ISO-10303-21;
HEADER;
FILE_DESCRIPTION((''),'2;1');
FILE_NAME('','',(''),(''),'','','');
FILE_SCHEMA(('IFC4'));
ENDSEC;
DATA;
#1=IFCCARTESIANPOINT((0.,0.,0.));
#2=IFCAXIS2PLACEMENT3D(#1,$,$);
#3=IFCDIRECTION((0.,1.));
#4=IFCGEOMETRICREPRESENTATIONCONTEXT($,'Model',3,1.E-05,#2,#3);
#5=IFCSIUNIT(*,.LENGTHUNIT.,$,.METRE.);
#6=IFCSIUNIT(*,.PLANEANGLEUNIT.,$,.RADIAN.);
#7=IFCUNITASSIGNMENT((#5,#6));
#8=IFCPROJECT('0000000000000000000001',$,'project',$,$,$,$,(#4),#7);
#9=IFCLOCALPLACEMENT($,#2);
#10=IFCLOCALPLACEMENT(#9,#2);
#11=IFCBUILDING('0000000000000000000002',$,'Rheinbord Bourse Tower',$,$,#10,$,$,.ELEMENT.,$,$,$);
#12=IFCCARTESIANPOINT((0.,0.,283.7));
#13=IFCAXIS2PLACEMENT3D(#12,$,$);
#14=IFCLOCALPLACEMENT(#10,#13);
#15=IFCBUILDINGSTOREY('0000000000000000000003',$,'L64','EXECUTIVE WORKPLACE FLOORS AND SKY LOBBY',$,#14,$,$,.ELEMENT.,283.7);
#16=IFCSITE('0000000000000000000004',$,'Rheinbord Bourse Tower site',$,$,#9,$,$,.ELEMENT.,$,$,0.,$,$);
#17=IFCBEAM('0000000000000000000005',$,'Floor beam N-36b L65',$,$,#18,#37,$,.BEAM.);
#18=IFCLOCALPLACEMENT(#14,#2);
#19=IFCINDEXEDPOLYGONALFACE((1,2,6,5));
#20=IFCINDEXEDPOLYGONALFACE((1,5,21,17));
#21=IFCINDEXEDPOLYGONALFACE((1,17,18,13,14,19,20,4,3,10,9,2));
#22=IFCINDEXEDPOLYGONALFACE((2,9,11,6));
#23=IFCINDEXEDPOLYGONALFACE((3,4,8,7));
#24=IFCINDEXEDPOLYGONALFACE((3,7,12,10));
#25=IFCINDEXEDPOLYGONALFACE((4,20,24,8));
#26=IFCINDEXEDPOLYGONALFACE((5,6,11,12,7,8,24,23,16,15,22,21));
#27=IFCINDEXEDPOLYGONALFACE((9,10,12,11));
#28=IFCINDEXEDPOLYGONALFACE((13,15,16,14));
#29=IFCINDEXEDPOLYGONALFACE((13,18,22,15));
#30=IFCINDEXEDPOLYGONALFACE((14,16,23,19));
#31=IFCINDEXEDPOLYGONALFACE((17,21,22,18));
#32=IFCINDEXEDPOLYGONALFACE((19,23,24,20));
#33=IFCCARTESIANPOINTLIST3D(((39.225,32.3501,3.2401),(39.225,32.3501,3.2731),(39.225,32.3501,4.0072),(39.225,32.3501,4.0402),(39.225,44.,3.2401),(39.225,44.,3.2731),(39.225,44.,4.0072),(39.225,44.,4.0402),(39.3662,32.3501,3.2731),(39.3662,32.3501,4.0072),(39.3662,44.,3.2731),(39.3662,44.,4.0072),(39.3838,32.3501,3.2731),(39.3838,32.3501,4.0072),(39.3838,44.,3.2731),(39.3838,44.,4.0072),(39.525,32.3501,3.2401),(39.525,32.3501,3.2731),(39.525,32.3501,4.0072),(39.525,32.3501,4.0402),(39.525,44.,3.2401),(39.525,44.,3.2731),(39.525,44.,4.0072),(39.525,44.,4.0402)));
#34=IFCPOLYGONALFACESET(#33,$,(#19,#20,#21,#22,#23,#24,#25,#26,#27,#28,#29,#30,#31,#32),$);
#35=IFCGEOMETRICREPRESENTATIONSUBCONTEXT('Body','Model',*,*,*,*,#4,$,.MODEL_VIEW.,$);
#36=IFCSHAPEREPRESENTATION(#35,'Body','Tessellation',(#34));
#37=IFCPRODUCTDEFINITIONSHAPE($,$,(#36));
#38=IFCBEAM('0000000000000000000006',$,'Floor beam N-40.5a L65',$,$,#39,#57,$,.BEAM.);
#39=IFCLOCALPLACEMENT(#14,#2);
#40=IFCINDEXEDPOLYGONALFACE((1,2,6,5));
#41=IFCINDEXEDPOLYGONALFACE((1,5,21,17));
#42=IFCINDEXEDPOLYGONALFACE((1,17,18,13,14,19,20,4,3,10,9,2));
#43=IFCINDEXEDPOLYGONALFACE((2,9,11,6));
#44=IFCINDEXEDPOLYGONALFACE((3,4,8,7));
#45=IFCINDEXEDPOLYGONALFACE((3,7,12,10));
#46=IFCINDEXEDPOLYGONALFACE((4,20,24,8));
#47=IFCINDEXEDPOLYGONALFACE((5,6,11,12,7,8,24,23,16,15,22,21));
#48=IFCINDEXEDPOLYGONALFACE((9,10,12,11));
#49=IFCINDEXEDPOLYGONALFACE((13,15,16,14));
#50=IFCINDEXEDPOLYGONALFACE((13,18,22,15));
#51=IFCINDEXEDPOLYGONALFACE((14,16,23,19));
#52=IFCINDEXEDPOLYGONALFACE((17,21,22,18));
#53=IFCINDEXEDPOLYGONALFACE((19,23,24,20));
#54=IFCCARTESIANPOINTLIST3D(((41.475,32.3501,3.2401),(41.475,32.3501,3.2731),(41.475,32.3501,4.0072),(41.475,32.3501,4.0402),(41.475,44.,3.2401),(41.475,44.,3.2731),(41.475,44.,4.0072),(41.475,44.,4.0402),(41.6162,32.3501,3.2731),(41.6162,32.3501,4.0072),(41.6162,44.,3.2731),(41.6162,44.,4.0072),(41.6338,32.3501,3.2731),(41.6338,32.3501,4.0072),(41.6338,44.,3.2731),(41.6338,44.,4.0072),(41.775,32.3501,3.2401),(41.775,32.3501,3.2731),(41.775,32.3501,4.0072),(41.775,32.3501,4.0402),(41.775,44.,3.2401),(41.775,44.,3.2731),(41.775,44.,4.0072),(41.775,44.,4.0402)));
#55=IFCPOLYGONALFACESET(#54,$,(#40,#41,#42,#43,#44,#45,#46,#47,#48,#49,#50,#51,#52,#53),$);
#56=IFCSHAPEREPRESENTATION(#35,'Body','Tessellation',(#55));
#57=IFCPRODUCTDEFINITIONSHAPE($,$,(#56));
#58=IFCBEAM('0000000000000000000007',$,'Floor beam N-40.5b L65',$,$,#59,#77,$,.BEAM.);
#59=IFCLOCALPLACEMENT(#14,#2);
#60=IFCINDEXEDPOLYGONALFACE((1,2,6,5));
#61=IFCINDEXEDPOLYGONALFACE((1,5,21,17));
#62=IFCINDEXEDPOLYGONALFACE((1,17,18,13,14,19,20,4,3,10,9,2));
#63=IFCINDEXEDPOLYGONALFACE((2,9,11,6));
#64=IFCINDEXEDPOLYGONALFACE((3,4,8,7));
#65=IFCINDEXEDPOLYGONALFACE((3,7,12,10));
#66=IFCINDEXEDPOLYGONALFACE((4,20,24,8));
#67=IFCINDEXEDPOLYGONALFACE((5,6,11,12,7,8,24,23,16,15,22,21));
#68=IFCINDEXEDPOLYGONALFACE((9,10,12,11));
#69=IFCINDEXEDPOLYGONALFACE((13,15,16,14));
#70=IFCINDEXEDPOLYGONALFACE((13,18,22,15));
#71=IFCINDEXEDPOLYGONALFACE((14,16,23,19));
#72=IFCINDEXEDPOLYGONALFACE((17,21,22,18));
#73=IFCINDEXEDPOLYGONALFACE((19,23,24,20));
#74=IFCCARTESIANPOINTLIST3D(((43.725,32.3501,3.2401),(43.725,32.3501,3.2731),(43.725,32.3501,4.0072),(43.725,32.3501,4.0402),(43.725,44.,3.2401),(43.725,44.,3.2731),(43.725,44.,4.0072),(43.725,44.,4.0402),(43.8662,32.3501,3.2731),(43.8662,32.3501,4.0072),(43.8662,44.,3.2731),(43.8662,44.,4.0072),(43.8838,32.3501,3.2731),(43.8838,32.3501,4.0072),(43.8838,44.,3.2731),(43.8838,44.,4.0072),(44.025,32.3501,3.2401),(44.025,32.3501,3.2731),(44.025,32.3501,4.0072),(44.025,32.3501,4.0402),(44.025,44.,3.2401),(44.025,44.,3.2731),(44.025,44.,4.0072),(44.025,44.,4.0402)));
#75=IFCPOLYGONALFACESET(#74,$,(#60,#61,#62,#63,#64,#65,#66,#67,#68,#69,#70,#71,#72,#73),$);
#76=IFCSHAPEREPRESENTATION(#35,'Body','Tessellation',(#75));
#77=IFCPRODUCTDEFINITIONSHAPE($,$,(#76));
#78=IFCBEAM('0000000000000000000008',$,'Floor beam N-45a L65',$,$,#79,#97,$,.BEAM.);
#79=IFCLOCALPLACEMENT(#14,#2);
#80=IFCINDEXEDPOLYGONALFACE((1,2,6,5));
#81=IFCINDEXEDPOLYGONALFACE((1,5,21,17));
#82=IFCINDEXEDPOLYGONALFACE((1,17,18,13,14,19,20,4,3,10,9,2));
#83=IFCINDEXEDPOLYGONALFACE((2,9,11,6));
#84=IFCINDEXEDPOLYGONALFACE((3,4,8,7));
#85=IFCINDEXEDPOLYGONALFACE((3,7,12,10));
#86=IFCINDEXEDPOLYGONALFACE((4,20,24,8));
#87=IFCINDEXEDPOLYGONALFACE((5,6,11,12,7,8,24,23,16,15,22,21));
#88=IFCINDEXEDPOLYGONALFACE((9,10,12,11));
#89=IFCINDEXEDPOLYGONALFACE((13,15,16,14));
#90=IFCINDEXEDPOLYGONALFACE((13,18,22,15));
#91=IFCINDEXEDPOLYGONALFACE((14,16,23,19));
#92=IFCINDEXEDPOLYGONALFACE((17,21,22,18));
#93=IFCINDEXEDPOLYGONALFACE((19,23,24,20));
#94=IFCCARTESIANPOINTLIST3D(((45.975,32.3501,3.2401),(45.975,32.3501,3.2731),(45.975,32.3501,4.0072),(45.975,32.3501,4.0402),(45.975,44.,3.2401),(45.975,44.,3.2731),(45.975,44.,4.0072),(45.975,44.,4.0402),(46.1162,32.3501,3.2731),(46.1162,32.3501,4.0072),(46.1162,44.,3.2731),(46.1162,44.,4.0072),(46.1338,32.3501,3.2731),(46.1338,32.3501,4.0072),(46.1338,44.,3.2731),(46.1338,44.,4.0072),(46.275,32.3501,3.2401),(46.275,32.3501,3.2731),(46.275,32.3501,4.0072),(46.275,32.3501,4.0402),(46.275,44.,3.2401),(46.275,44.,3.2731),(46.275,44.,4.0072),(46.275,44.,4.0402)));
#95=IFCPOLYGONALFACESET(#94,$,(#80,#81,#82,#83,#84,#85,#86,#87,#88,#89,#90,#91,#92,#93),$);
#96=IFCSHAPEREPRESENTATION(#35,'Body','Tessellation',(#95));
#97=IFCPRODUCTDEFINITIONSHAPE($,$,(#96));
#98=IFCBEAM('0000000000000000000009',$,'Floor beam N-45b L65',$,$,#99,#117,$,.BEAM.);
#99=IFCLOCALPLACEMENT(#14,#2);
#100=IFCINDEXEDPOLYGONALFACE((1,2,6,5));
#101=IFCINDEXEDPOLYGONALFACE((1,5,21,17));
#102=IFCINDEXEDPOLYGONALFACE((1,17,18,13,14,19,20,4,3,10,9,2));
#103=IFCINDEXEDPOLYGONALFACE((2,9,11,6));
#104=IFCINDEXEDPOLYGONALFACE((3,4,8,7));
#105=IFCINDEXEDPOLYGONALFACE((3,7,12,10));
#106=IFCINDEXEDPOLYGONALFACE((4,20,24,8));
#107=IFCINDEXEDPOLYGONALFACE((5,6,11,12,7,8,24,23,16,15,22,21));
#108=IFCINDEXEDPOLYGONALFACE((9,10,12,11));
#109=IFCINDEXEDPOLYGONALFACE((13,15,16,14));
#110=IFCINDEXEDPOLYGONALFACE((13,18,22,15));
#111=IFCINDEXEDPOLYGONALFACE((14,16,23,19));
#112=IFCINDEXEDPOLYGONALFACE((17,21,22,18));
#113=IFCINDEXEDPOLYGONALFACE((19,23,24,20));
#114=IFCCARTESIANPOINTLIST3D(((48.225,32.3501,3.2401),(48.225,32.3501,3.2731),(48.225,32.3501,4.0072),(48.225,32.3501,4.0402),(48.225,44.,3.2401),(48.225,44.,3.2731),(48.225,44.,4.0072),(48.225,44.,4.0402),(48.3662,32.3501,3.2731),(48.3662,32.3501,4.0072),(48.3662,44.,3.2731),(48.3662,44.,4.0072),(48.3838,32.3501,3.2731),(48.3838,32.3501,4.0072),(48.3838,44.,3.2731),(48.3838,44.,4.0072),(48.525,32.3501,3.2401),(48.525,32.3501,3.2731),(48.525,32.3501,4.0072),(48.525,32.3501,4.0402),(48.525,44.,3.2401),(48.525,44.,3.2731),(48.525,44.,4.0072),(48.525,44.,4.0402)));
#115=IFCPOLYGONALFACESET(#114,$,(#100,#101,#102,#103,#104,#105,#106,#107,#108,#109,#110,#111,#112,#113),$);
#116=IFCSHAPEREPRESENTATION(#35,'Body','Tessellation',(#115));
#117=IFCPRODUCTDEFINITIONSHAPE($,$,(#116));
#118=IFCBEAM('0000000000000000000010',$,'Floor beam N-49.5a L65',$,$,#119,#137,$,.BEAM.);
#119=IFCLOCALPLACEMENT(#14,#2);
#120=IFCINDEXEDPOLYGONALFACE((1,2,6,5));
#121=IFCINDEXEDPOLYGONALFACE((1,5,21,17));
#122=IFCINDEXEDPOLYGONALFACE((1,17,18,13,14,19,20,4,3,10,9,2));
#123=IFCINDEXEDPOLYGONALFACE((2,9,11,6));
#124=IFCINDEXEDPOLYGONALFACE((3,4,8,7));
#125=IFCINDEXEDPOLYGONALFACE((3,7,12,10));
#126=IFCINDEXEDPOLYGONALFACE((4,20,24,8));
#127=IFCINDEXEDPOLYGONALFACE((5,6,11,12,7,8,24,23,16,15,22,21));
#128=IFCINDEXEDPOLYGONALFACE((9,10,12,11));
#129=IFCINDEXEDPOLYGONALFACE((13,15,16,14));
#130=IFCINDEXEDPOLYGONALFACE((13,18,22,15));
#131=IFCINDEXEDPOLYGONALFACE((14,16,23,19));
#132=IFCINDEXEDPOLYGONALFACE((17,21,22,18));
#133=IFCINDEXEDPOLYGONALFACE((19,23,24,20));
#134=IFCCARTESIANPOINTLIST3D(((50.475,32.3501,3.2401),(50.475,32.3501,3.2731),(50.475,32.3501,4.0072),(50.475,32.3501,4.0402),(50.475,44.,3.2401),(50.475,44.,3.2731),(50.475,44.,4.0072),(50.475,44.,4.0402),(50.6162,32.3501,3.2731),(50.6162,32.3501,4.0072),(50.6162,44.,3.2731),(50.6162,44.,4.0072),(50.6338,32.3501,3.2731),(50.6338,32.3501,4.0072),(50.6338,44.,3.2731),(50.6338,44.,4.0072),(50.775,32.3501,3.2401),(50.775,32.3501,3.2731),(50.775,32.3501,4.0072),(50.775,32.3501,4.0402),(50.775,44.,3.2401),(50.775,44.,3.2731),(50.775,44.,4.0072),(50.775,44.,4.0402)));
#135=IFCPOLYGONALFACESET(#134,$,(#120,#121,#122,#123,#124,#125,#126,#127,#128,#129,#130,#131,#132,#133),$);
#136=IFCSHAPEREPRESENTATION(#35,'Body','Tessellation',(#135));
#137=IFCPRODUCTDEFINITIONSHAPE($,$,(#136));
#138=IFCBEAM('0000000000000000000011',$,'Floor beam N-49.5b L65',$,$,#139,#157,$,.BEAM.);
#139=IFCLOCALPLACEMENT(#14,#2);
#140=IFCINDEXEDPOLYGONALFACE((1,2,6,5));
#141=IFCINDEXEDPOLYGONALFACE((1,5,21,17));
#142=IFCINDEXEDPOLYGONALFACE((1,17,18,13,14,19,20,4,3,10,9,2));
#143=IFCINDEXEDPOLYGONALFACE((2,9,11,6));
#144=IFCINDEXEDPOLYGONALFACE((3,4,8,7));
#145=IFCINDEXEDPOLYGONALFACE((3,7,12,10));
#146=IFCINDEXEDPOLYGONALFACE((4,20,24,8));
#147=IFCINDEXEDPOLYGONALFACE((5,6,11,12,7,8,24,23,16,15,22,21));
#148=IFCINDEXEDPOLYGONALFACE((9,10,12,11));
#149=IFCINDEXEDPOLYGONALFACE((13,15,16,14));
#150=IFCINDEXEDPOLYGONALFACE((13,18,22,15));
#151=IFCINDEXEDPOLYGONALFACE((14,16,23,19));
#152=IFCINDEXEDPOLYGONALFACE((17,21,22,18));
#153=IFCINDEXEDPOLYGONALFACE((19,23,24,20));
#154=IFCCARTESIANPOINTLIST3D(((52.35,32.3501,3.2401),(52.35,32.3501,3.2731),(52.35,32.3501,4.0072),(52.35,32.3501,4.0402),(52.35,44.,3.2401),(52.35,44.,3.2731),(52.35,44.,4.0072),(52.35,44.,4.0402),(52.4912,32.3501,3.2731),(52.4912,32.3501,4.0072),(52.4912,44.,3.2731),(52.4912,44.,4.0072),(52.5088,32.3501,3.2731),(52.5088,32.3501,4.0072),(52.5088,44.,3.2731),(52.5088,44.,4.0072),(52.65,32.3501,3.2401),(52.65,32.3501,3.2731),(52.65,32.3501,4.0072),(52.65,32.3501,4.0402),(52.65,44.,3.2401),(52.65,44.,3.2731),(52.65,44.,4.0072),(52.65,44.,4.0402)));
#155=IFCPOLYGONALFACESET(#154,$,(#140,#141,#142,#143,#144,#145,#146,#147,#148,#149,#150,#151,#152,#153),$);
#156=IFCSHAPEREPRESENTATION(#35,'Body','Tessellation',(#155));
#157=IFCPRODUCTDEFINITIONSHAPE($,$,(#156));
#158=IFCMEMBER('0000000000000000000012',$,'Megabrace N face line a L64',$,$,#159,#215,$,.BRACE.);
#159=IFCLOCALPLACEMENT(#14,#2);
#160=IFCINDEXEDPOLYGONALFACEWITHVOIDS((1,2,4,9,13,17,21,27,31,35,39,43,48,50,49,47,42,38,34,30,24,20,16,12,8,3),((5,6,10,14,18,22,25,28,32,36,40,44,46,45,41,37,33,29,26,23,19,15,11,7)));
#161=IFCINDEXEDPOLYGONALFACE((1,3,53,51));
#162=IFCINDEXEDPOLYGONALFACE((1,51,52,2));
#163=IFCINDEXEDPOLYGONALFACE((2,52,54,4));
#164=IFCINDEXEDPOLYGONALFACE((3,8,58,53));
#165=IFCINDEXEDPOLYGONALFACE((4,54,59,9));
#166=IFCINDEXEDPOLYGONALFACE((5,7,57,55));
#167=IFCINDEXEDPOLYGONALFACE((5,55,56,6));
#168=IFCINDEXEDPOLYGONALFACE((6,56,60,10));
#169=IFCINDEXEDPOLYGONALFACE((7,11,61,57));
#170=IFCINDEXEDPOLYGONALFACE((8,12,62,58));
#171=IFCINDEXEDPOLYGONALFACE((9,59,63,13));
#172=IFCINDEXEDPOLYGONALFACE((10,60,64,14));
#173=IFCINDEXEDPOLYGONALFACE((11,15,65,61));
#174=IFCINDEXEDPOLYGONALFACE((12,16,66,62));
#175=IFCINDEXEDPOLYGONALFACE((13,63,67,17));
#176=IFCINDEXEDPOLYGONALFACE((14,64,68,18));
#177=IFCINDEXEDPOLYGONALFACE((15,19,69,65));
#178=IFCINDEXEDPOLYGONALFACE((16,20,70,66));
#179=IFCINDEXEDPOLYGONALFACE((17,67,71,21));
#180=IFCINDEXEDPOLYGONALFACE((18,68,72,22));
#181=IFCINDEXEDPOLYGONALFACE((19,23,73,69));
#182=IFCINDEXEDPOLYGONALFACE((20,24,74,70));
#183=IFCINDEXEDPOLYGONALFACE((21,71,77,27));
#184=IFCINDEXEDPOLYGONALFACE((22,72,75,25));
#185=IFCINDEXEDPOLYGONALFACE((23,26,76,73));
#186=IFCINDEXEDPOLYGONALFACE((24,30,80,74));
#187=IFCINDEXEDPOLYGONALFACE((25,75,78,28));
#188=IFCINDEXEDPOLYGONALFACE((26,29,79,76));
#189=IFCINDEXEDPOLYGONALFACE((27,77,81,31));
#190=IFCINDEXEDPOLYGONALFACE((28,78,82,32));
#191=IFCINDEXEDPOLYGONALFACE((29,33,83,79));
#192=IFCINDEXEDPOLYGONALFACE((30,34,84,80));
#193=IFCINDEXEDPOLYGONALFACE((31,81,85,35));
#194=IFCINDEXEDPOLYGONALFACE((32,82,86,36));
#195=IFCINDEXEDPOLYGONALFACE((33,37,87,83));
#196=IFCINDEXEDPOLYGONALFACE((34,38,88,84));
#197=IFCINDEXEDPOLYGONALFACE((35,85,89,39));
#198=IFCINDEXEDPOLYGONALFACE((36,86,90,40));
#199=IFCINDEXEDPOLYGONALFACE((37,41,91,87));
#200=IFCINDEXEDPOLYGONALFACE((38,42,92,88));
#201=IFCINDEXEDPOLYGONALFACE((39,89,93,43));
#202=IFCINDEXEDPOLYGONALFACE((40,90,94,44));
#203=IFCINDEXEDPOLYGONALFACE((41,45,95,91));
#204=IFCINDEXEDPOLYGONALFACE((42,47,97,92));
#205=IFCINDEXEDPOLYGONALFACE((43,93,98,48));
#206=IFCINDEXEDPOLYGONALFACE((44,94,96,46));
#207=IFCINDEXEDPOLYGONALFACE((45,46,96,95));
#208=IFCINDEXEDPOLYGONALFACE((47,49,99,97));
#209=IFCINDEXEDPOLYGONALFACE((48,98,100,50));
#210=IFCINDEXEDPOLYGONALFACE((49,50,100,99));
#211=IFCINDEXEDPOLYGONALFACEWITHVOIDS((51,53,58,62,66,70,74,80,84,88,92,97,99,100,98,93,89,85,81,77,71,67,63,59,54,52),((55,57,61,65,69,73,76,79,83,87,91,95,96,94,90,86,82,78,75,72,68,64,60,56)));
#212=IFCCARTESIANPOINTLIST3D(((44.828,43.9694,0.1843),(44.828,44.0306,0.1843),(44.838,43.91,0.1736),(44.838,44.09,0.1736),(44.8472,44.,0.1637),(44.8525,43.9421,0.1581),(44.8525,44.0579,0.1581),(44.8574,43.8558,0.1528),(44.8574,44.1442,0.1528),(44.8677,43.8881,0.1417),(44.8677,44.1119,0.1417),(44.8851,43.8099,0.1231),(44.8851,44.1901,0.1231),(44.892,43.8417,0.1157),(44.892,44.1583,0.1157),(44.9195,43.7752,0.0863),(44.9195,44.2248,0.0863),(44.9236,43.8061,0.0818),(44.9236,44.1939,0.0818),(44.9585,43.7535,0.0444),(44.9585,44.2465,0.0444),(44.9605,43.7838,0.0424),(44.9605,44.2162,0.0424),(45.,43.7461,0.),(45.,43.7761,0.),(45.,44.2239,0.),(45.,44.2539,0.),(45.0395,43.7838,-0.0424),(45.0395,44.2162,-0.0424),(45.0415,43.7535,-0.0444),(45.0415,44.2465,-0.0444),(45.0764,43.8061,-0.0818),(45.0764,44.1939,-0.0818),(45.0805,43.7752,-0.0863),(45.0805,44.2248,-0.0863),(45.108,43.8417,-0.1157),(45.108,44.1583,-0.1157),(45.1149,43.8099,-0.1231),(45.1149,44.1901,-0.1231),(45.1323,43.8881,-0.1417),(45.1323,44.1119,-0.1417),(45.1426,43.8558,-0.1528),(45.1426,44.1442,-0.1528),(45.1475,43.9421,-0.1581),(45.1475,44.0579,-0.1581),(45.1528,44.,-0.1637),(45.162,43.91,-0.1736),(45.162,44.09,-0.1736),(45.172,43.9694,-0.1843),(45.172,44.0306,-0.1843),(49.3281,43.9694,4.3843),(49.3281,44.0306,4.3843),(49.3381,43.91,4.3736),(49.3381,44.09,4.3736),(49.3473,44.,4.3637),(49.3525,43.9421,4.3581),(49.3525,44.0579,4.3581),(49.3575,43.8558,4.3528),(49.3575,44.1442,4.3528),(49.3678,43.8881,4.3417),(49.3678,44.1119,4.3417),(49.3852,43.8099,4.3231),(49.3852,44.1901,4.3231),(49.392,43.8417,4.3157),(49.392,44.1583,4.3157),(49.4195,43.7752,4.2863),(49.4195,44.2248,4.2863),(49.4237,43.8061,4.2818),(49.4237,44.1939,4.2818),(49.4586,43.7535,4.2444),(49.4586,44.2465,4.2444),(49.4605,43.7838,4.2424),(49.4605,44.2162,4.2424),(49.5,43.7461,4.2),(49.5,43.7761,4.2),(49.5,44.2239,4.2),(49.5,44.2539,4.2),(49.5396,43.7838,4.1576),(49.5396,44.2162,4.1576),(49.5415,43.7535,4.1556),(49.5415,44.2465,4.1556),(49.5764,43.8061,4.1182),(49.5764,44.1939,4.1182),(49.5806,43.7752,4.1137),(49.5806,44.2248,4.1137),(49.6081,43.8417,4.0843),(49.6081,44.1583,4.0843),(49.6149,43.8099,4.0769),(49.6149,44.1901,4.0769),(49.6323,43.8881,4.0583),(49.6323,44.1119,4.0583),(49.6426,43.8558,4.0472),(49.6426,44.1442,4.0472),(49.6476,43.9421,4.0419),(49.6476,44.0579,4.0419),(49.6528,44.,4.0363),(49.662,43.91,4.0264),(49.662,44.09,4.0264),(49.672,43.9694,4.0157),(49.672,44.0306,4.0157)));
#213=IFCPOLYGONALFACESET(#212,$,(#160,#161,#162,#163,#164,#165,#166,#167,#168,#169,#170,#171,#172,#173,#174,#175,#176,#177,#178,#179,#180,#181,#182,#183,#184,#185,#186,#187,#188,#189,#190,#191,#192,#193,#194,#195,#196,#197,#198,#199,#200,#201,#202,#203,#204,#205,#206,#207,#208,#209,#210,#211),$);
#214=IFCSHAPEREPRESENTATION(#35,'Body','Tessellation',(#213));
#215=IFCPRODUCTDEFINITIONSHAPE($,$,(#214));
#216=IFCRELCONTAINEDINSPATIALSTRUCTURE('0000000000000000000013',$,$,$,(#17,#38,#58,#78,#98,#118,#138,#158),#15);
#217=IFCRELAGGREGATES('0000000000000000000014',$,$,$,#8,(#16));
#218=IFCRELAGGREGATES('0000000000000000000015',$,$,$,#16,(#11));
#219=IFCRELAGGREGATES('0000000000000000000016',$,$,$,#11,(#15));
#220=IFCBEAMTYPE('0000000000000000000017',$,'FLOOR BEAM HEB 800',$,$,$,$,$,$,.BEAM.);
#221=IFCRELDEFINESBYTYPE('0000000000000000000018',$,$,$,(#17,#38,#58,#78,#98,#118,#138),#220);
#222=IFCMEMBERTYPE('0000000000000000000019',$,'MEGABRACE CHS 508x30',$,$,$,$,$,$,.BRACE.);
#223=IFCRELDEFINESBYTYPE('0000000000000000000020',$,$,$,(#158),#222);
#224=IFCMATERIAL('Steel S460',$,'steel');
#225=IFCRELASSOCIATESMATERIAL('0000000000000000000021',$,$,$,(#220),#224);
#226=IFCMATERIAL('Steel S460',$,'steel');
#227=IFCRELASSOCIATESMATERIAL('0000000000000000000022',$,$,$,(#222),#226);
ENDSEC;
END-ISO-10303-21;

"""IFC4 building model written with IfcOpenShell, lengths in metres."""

from ifc_helpers import new_model, si_unit, direction, frame, origin, origin_2d, place, context, subcontext, project, spatial, hollow_circle, i_section, extrude, material, material_profile, profile_set, type_object, element, save


model = new_model("IFC4")

# Units and contexts
model_context = context("Model", 3, precision=1e-05, world=origin(), true_north=direction((0.0, 1.0)))
body_context = subcontext(model_context, "Body", "Model", "MODEL_VIEW")
ifc_project = project(units=[si_unit("LENGTHUNIT", "METRE"), si_unit("PLANEANGLEUNIT", "RADIAN")], contexts=[model_context])

# Site, building, storey
site_placement = place(None, origin())
site = spatial("IfcSite", under=ifc_project, at=site_placement, Name="Rheinbord Bourse Tower site", CompositionType="ELEMENT", RefElevation=0.0)
building_placement = place(site_placement, origin())
building = spatial("IfcBuilding", under=site, at=building_placement, Name="Rheinbord Bourse Tower", CompositionType="ELEMENT")
storey_placement = place(building_placement, frame((0.0, 0.0, 283.7)))
storey = spatial("IfcBuildingStorey", under=building, at=storey_placement, Name="L64", Description="EXECUTIVE WORKPLACE FLOORS AND SKY LOBBY", CompositionType="ELEMENT", Elevation=283.7)

# Beams
ifc_material_1 = material(Name="Steel S460", Category="steel")
ifc_material_profile_1 = material_profile(ifc_material_1, i_section(OverallWidth=0.3, OverallDepth=0.8, WebThickness=0.0176, FlangeThickness=0.033, at=origin_2d()), Name="HEB 800")
ifc_profile_set_1 = profile_set([ifc_material_profile_1], Name="Steel S460")
beam_type_1 = type_object("IfcBeamType", Name="FLOOR BEAM HEB 800", PredefinedType="BEAM", material=ifc_profile_set_1)
for number, where, z_axis, x_axis, name in (
    (1, (39.375, 44.0, 3.6401), (0.0, -1.0, 0.0), (1.0, 0.0, 0.0), "Floor beam N-36b L65"),
    (2, (41.625, 44.0, 3.6401), (0.0, -1.0, 0.0), (1.0, 0.0, 0.0), "Floor beam N-40.5a L65"),
    (3, (43.875, 44.0, 3.6401), (0.0, -1.0, 0.0), (1.0, 0.0, 0.0), "Floor beam N-40.5b L65"),
    (4, (46.125, 44.0, 3.6401), (0.0, -1.0, 0.0), (1.0, 0.0, 0.0), "Floor beam N-45a L65"),
    (5, (48.375, 44.0, 3.6401), (0.0, -1.0, 0.0), (1.0, 0.0, 0.0), "Floor beam N-45b L65"),
    (6, (50.625, 44.0, 3.6401), (0.0, -1.0, 0.0), (1.0, 0.0, 0.0), "Floor beam N-49.5a L65"),
    (7, (52.5, 44.0, 3.6401), (0.0, -1.0, 0.0), (1.0, 0.0, 0.0), "Floor beam N-49.5b L65"),
):
    element("IfcBeam", number, at=place(storey_placement, frame(where, z_axis=z_axis, x_axis=x_axis)), inside=storey, type_object=beam_type_1, Name=name, PredefinedType="BEAM", context=body_context, shape_type="SweptSolid", body=[
        extrude(i_section(OverallWidth=0.3, OverallDepth=0.8, WebThickness=0.0176, FlangeThickness=0.033, at=origin_2d()), origin(), (0.0, 0.0, 1.0), 11.6499),
    ])

# Member
ifc_material_2 = material(Name="Steel S460", Category="steel")
ifc_material_profile_2 = material_profile(ifc_material_2, hollow_circle(Radius=0.2539, WallThickness=0.03, at=origin_2d()), Name="CHS 508x30")
ifc_profile_set_2 = profile_set([ifc_material_profile_2], Name="Steel S460")
member_type_1 = type_object("IfcMemberType", Name="MEGABRACE CHS 508x30", PredefinedType="BRACE", material=ifc_profile_set_2)
member_1_placement = place(storey_placement, frame((45.0, 44.0, 0.0), z_axis=(0.731059, 0.0, 0.682314), x_axis=(0.0, 1.0, 0.0)))
element("IfcMember", 8, at=member_1_placement, inside=storey, type_object=member_type_1, Name="Megabrace N face line a L64", PredefinedType="BRACE", context=body_context, shape_type="SweptSolid", body=[
    extrude(hollow_circle(Radius=0.2539, WallThickness=0.03, at=origin_2d()), origin(), (0.0, 0.0, 1.0), 6.1555),
])

save(model, "model.ifc")
